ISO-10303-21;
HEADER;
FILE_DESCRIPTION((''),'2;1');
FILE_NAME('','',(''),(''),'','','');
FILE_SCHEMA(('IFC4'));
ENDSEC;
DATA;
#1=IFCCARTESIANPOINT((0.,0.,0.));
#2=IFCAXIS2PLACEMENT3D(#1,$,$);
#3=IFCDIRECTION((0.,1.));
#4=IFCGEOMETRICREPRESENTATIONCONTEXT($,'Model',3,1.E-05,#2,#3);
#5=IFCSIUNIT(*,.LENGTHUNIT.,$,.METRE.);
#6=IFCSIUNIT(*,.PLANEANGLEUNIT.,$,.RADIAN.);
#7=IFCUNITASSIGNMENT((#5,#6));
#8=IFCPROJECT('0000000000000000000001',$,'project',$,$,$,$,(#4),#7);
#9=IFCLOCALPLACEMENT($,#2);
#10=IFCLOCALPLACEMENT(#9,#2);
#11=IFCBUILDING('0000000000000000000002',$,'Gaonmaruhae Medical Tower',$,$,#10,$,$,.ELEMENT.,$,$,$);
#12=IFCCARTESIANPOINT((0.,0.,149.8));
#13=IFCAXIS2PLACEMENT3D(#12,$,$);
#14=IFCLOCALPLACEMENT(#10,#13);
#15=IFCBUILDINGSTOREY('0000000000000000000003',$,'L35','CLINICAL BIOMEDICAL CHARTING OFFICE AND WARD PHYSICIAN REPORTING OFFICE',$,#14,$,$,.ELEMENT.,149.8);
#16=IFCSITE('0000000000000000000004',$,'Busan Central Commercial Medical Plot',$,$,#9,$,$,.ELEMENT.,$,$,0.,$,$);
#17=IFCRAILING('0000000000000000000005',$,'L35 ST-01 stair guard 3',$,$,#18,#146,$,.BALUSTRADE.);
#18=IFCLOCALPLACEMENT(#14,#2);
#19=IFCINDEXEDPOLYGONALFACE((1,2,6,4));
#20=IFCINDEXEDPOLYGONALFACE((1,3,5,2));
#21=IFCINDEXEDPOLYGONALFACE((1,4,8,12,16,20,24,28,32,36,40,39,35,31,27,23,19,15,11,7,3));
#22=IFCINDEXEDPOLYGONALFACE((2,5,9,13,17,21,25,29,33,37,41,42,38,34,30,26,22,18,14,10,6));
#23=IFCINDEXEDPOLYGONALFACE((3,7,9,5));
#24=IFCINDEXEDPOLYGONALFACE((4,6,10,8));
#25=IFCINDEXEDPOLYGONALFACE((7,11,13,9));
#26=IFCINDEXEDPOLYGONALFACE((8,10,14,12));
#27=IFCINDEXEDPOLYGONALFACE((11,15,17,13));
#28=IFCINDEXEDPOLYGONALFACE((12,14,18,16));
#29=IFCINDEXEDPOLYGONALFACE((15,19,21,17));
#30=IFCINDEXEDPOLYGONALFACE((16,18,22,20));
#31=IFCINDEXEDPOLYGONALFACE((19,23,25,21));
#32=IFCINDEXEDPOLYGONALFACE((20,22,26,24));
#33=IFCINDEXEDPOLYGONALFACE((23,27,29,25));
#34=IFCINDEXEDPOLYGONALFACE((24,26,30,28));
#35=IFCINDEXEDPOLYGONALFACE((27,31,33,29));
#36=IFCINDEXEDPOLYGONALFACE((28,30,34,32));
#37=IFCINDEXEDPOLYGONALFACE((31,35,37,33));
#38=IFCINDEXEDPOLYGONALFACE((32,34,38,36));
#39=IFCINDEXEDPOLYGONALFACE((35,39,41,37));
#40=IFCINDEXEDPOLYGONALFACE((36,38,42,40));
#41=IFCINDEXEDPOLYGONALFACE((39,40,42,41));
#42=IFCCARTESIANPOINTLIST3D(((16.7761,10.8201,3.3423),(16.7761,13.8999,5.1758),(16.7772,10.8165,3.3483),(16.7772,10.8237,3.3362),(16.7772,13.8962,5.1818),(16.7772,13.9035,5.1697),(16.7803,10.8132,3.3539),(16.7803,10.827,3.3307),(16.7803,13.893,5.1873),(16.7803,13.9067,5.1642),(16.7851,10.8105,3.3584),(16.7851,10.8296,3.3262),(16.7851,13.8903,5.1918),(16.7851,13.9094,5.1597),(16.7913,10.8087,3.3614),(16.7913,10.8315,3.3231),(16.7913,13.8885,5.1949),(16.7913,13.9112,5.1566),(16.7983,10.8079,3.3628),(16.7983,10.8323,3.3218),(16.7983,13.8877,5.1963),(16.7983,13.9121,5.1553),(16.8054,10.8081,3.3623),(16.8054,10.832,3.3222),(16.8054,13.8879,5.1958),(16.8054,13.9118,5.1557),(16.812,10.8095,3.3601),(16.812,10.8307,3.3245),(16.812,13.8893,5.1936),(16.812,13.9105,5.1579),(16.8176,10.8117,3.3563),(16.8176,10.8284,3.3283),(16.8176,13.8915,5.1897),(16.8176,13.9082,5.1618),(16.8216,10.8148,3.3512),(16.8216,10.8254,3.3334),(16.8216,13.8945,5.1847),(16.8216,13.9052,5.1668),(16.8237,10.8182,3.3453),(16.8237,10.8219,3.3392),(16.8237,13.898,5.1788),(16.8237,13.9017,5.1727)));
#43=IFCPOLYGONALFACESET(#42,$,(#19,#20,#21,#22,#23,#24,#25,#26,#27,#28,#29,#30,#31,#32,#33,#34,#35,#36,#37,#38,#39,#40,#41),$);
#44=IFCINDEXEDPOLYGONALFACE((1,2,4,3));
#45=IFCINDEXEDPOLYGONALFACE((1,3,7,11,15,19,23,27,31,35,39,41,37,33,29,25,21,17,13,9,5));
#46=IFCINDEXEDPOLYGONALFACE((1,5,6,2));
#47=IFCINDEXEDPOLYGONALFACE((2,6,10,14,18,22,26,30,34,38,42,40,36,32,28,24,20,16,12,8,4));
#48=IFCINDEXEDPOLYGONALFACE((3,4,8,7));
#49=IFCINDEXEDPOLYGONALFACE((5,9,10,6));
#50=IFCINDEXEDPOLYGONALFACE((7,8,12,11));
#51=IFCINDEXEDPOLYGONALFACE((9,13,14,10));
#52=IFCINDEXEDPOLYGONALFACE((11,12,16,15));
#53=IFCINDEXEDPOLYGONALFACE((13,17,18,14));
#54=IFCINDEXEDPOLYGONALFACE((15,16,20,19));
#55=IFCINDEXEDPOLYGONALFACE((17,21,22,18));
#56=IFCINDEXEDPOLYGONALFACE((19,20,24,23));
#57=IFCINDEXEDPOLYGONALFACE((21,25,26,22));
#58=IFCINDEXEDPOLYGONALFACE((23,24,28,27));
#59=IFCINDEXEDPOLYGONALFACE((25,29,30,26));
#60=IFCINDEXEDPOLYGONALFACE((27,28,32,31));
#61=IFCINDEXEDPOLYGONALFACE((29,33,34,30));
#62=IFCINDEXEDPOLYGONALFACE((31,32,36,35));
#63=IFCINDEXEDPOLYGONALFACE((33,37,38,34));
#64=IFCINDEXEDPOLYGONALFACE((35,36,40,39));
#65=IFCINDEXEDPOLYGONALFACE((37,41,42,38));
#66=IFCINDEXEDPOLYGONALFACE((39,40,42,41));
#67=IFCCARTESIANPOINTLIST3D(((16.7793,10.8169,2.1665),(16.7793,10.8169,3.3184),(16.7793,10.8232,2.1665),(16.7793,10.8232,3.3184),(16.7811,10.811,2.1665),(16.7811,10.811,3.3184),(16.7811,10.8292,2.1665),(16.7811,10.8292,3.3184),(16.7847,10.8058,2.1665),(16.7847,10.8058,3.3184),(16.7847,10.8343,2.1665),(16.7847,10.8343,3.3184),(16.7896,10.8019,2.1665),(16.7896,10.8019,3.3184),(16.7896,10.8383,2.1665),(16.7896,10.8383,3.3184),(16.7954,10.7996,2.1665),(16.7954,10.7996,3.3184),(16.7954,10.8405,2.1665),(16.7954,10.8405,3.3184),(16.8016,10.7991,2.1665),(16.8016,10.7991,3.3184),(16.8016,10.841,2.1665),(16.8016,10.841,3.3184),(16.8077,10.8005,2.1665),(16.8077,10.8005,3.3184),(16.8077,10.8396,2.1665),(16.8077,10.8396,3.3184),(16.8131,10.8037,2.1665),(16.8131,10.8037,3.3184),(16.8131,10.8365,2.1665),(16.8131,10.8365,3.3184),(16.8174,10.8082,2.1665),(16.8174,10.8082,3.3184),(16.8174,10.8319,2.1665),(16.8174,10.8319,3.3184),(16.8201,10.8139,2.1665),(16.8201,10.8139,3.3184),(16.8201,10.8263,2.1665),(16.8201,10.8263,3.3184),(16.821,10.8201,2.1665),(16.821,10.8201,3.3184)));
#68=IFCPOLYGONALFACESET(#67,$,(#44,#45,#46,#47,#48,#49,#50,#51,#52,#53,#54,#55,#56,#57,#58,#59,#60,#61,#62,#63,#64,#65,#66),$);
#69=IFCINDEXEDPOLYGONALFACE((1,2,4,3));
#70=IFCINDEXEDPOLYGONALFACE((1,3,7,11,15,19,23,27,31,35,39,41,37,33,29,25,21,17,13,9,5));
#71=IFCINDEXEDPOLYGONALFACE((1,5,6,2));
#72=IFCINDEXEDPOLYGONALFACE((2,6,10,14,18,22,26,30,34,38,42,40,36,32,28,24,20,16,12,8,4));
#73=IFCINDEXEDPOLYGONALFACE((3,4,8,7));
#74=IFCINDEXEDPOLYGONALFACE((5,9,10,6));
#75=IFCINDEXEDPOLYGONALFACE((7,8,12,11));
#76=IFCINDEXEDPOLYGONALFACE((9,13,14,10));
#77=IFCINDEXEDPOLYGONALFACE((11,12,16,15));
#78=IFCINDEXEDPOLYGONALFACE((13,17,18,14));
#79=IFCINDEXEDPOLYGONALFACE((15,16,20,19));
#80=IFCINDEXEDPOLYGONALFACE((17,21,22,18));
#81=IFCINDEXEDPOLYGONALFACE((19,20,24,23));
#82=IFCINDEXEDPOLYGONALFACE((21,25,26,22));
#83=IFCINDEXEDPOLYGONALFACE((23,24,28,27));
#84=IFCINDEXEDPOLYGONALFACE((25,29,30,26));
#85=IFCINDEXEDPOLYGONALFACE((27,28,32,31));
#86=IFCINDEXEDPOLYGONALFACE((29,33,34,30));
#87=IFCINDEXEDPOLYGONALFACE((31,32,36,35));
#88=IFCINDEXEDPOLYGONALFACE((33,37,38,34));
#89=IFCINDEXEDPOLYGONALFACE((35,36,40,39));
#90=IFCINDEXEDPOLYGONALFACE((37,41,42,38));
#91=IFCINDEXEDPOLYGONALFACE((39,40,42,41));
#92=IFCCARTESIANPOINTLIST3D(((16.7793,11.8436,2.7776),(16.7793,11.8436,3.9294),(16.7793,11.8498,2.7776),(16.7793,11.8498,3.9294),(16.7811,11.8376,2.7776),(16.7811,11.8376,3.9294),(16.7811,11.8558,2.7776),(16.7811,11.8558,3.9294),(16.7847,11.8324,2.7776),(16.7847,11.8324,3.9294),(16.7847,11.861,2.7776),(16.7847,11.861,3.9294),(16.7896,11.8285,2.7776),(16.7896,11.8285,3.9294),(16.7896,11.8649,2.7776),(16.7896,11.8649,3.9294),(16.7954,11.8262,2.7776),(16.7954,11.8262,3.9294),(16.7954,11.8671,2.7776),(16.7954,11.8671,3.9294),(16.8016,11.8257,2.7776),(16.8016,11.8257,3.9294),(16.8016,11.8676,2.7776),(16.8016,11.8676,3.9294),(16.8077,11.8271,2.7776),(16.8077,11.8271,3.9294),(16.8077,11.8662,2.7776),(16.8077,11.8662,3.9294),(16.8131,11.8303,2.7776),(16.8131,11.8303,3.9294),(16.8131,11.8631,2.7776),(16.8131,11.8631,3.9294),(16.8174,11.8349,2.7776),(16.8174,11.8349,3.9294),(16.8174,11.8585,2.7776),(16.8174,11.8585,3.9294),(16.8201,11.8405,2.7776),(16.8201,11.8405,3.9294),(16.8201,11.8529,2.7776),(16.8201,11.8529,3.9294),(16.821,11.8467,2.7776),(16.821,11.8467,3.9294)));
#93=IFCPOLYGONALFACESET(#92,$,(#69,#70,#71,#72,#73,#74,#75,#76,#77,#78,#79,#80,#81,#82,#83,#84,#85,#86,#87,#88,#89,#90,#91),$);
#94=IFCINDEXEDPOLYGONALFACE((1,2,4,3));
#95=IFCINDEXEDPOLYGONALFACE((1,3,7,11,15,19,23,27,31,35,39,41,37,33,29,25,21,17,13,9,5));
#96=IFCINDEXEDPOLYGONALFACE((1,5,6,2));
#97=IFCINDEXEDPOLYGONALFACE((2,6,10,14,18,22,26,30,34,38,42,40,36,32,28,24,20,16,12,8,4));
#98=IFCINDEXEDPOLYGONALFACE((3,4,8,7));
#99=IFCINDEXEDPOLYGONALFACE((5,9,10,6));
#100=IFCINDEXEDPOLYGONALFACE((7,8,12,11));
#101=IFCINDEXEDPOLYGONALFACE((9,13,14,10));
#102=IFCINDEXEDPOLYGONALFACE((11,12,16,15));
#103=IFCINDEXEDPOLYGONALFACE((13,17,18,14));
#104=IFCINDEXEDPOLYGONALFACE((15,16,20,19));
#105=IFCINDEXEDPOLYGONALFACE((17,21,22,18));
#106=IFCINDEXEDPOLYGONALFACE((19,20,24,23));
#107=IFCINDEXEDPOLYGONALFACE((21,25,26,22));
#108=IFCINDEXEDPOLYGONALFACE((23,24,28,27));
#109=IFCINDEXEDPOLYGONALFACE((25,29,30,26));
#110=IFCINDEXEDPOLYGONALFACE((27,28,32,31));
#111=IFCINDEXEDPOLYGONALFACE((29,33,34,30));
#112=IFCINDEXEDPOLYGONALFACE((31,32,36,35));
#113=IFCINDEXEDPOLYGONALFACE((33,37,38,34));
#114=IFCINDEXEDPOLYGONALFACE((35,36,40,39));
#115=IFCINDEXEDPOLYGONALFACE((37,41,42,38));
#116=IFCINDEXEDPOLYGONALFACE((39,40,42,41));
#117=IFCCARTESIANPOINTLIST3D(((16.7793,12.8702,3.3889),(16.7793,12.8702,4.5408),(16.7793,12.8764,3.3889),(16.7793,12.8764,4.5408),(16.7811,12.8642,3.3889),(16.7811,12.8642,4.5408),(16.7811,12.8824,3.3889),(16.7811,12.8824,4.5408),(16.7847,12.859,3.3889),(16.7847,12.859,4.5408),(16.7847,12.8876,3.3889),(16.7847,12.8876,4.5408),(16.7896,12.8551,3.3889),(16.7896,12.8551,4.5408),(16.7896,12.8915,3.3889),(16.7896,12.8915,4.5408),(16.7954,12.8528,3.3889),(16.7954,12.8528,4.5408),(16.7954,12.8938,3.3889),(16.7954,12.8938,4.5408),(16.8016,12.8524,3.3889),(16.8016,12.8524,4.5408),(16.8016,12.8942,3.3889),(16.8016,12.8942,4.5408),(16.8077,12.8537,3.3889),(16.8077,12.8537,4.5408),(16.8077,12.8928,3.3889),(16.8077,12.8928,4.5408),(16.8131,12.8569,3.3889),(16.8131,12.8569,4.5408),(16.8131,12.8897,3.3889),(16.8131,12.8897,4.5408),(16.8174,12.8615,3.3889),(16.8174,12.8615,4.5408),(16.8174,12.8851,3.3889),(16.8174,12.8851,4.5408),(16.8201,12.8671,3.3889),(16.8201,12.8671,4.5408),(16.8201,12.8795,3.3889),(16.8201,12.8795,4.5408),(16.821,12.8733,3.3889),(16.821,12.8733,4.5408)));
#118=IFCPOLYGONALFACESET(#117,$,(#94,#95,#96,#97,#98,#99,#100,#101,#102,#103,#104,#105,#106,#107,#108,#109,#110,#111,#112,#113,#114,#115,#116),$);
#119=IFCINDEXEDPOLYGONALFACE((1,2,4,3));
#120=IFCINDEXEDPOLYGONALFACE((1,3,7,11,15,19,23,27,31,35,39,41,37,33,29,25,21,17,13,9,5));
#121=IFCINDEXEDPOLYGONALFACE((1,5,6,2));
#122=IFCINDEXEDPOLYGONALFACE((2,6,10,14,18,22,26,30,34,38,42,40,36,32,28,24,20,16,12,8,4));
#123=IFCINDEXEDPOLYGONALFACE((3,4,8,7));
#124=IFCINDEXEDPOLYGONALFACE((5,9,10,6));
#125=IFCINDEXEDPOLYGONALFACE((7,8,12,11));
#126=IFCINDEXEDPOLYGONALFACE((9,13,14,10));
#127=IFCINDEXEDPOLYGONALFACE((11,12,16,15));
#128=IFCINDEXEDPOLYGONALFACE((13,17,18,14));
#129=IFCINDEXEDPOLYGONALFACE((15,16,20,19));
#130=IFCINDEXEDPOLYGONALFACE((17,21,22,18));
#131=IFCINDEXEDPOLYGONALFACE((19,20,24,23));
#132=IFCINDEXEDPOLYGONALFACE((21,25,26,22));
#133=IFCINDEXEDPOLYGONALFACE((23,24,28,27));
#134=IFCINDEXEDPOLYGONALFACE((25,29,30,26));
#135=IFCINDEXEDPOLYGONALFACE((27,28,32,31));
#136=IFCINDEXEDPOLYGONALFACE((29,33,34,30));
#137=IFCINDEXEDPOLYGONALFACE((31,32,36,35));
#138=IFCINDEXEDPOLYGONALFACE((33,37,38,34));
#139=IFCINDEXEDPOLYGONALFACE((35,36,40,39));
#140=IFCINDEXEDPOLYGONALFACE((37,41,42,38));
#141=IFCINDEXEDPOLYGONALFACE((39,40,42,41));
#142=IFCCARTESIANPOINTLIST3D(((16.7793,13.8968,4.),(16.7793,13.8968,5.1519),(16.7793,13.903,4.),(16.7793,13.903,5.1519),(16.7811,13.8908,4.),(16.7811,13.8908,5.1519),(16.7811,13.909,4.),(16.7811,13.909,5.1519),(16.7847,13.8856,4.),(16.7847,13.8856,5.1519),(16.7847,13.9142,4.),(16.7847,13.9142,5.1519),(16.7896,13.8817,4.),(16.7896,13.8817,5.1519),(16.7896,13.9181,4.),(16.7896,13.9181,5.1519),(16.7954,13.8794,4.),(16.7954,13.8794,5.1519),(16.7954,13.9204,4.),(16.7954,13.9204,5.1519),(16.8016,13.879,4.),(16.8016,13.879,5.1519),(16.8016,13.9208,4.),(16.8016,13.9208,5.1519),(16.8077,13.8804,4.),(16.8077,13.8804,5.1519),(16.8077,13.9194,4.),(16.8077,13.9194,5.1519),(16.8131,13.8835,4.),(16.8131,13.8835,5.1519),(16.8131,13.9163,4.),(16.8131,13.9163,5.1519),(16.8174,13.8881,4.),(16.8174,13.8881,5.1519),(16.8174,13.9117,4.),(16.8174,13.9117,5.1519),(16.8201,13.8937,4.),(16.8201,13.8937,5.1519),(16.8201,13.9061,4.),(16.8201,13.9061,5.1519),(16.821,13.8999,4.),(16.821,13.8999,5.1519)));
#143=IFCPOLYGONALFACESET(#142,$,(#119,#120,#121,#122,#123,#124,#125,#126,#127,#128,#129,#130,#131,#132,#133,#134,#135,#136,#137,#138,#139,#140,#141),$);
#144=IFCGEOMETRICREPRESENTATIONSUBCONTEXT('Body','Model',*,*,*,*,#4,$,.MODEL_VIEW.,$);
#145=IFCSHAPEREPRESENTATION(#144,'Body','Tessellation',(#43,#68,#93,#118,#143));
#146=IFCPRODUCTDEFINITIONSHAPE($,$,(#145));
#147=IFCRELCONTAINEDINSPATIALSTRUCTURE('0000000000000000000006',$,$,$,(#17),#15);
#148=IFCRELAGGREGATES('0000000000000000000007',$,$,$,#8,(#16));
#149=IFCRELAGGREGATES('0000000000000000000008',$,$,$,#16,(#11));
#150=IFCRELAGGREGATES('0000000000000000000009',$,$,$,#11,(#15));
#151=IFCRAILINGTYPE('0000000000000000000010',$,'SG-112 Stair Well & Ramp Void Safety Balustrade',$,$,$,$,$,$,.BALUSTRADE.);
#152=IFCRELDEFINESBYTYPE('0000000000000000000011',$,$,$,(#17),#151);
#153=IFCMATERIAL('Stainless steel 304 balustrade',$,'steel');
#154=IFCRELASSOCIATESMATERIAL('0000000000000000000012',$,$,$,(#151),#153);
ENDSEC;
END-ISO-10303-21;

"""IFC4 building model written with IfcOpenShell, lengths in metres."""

from ifc_helpers import new_model, si_unit, direction, frame, origin, origin_2d, place, context, subcontext, project, spatial, circle, extrude, material, type_object, element, save


model = new_model("IFC4")

# Units and contexts
model_context = context("Model", 3, precision=1e-05, world=origin(), true_north=direction((0.0, 1.0)))
body_context = subcontext(model_context, "Body", "Model", "MODEL_VIEW")
ifc_project = project(units=[si_unit("LENGTHUNIT", "METRE"), si_unit("PLANEANGLEUNIT", "RADIAN")], contexts=[model_context])

# Site, building, storey
site_placement = place(None, origin())
site = spatial("IfcSite", under=ifc_project, at=site_placement, Name="Busan Central Commercial Medical Plot", CompositionType="ELEMENT", RefElevation=0.0)
building_placement = place(site_placement, origin())
building = spatial("IfcBuilding", under=site, at=building_placement, Name="Gaonmaruhae Medical Tower", CompositionType="ELEMENT")
storey_placement = place(building_placement, frame((0.0, 0.0, 149.8)))
storey = spatial("IfcBuildingStorey", under=building, at=storey_placement, Name="L35", Description="CLINICAL BIOMEDICAL CHARTING OFFICE AND WARD PHYSICIAN REPORTING OFFICE", CompositionType="ELEMENT", Elevation=149.8)

# Railing
ifc_material_1 = material(Name="Stainless steel 304 balustrade", Category="steel")
railing_type_1 = type_object("IfcRailingType", Name="SG-112 Stair Well & Ramp Void Safety Balustrade", PredefinedType="BALUSTRADE", material=ifc_material_1)
railing_1_placement = place(storey_placement, frame((16.8, 10.8201, 2.1665)))
element("IfcRailing", 1, at=railing_1_placement, inside=storey, type_object=railing_type_1, Name="L35 ST-01 stair guard 3", PredefinedType="BALUSTRADE", context=body_context, shape_type="SweptSolid", body=[
    extrude(circle(Radius=0.0239, at=origin_2d()), frame((0.0, 0.0, 1.1758), z_axis=(0.0, 0.859261, 0.511538), x_axis=(-1.0, 0.0, 0.0)), (0.0, 0.0, 1.0), 3.5842),
    extrude(circle(Radius=0.021, at=origin_2d()), origin(), (0.0, 0.0, 1.0), 1.1519),
    extrude(circle(Radius=0.021, at=origin_2d()), frame((0.0, 1.0266, 0.6111)), (0.0, 0.0, 1.0), 1.1519),
    extrude(circle(Radius=0.021, at=origin_2d()), frame((0.0, 2.0532, 1.2224)), (0.0, 0.0, 1.0), 1.1519),
    extrude(circle(Radius=0.021, at=origin_2d()), frame((0.0, 3.0798, 1.8335)), (0.0, 0.0, 1.0), 1.1519),
])

save(model, "model.ifc")
